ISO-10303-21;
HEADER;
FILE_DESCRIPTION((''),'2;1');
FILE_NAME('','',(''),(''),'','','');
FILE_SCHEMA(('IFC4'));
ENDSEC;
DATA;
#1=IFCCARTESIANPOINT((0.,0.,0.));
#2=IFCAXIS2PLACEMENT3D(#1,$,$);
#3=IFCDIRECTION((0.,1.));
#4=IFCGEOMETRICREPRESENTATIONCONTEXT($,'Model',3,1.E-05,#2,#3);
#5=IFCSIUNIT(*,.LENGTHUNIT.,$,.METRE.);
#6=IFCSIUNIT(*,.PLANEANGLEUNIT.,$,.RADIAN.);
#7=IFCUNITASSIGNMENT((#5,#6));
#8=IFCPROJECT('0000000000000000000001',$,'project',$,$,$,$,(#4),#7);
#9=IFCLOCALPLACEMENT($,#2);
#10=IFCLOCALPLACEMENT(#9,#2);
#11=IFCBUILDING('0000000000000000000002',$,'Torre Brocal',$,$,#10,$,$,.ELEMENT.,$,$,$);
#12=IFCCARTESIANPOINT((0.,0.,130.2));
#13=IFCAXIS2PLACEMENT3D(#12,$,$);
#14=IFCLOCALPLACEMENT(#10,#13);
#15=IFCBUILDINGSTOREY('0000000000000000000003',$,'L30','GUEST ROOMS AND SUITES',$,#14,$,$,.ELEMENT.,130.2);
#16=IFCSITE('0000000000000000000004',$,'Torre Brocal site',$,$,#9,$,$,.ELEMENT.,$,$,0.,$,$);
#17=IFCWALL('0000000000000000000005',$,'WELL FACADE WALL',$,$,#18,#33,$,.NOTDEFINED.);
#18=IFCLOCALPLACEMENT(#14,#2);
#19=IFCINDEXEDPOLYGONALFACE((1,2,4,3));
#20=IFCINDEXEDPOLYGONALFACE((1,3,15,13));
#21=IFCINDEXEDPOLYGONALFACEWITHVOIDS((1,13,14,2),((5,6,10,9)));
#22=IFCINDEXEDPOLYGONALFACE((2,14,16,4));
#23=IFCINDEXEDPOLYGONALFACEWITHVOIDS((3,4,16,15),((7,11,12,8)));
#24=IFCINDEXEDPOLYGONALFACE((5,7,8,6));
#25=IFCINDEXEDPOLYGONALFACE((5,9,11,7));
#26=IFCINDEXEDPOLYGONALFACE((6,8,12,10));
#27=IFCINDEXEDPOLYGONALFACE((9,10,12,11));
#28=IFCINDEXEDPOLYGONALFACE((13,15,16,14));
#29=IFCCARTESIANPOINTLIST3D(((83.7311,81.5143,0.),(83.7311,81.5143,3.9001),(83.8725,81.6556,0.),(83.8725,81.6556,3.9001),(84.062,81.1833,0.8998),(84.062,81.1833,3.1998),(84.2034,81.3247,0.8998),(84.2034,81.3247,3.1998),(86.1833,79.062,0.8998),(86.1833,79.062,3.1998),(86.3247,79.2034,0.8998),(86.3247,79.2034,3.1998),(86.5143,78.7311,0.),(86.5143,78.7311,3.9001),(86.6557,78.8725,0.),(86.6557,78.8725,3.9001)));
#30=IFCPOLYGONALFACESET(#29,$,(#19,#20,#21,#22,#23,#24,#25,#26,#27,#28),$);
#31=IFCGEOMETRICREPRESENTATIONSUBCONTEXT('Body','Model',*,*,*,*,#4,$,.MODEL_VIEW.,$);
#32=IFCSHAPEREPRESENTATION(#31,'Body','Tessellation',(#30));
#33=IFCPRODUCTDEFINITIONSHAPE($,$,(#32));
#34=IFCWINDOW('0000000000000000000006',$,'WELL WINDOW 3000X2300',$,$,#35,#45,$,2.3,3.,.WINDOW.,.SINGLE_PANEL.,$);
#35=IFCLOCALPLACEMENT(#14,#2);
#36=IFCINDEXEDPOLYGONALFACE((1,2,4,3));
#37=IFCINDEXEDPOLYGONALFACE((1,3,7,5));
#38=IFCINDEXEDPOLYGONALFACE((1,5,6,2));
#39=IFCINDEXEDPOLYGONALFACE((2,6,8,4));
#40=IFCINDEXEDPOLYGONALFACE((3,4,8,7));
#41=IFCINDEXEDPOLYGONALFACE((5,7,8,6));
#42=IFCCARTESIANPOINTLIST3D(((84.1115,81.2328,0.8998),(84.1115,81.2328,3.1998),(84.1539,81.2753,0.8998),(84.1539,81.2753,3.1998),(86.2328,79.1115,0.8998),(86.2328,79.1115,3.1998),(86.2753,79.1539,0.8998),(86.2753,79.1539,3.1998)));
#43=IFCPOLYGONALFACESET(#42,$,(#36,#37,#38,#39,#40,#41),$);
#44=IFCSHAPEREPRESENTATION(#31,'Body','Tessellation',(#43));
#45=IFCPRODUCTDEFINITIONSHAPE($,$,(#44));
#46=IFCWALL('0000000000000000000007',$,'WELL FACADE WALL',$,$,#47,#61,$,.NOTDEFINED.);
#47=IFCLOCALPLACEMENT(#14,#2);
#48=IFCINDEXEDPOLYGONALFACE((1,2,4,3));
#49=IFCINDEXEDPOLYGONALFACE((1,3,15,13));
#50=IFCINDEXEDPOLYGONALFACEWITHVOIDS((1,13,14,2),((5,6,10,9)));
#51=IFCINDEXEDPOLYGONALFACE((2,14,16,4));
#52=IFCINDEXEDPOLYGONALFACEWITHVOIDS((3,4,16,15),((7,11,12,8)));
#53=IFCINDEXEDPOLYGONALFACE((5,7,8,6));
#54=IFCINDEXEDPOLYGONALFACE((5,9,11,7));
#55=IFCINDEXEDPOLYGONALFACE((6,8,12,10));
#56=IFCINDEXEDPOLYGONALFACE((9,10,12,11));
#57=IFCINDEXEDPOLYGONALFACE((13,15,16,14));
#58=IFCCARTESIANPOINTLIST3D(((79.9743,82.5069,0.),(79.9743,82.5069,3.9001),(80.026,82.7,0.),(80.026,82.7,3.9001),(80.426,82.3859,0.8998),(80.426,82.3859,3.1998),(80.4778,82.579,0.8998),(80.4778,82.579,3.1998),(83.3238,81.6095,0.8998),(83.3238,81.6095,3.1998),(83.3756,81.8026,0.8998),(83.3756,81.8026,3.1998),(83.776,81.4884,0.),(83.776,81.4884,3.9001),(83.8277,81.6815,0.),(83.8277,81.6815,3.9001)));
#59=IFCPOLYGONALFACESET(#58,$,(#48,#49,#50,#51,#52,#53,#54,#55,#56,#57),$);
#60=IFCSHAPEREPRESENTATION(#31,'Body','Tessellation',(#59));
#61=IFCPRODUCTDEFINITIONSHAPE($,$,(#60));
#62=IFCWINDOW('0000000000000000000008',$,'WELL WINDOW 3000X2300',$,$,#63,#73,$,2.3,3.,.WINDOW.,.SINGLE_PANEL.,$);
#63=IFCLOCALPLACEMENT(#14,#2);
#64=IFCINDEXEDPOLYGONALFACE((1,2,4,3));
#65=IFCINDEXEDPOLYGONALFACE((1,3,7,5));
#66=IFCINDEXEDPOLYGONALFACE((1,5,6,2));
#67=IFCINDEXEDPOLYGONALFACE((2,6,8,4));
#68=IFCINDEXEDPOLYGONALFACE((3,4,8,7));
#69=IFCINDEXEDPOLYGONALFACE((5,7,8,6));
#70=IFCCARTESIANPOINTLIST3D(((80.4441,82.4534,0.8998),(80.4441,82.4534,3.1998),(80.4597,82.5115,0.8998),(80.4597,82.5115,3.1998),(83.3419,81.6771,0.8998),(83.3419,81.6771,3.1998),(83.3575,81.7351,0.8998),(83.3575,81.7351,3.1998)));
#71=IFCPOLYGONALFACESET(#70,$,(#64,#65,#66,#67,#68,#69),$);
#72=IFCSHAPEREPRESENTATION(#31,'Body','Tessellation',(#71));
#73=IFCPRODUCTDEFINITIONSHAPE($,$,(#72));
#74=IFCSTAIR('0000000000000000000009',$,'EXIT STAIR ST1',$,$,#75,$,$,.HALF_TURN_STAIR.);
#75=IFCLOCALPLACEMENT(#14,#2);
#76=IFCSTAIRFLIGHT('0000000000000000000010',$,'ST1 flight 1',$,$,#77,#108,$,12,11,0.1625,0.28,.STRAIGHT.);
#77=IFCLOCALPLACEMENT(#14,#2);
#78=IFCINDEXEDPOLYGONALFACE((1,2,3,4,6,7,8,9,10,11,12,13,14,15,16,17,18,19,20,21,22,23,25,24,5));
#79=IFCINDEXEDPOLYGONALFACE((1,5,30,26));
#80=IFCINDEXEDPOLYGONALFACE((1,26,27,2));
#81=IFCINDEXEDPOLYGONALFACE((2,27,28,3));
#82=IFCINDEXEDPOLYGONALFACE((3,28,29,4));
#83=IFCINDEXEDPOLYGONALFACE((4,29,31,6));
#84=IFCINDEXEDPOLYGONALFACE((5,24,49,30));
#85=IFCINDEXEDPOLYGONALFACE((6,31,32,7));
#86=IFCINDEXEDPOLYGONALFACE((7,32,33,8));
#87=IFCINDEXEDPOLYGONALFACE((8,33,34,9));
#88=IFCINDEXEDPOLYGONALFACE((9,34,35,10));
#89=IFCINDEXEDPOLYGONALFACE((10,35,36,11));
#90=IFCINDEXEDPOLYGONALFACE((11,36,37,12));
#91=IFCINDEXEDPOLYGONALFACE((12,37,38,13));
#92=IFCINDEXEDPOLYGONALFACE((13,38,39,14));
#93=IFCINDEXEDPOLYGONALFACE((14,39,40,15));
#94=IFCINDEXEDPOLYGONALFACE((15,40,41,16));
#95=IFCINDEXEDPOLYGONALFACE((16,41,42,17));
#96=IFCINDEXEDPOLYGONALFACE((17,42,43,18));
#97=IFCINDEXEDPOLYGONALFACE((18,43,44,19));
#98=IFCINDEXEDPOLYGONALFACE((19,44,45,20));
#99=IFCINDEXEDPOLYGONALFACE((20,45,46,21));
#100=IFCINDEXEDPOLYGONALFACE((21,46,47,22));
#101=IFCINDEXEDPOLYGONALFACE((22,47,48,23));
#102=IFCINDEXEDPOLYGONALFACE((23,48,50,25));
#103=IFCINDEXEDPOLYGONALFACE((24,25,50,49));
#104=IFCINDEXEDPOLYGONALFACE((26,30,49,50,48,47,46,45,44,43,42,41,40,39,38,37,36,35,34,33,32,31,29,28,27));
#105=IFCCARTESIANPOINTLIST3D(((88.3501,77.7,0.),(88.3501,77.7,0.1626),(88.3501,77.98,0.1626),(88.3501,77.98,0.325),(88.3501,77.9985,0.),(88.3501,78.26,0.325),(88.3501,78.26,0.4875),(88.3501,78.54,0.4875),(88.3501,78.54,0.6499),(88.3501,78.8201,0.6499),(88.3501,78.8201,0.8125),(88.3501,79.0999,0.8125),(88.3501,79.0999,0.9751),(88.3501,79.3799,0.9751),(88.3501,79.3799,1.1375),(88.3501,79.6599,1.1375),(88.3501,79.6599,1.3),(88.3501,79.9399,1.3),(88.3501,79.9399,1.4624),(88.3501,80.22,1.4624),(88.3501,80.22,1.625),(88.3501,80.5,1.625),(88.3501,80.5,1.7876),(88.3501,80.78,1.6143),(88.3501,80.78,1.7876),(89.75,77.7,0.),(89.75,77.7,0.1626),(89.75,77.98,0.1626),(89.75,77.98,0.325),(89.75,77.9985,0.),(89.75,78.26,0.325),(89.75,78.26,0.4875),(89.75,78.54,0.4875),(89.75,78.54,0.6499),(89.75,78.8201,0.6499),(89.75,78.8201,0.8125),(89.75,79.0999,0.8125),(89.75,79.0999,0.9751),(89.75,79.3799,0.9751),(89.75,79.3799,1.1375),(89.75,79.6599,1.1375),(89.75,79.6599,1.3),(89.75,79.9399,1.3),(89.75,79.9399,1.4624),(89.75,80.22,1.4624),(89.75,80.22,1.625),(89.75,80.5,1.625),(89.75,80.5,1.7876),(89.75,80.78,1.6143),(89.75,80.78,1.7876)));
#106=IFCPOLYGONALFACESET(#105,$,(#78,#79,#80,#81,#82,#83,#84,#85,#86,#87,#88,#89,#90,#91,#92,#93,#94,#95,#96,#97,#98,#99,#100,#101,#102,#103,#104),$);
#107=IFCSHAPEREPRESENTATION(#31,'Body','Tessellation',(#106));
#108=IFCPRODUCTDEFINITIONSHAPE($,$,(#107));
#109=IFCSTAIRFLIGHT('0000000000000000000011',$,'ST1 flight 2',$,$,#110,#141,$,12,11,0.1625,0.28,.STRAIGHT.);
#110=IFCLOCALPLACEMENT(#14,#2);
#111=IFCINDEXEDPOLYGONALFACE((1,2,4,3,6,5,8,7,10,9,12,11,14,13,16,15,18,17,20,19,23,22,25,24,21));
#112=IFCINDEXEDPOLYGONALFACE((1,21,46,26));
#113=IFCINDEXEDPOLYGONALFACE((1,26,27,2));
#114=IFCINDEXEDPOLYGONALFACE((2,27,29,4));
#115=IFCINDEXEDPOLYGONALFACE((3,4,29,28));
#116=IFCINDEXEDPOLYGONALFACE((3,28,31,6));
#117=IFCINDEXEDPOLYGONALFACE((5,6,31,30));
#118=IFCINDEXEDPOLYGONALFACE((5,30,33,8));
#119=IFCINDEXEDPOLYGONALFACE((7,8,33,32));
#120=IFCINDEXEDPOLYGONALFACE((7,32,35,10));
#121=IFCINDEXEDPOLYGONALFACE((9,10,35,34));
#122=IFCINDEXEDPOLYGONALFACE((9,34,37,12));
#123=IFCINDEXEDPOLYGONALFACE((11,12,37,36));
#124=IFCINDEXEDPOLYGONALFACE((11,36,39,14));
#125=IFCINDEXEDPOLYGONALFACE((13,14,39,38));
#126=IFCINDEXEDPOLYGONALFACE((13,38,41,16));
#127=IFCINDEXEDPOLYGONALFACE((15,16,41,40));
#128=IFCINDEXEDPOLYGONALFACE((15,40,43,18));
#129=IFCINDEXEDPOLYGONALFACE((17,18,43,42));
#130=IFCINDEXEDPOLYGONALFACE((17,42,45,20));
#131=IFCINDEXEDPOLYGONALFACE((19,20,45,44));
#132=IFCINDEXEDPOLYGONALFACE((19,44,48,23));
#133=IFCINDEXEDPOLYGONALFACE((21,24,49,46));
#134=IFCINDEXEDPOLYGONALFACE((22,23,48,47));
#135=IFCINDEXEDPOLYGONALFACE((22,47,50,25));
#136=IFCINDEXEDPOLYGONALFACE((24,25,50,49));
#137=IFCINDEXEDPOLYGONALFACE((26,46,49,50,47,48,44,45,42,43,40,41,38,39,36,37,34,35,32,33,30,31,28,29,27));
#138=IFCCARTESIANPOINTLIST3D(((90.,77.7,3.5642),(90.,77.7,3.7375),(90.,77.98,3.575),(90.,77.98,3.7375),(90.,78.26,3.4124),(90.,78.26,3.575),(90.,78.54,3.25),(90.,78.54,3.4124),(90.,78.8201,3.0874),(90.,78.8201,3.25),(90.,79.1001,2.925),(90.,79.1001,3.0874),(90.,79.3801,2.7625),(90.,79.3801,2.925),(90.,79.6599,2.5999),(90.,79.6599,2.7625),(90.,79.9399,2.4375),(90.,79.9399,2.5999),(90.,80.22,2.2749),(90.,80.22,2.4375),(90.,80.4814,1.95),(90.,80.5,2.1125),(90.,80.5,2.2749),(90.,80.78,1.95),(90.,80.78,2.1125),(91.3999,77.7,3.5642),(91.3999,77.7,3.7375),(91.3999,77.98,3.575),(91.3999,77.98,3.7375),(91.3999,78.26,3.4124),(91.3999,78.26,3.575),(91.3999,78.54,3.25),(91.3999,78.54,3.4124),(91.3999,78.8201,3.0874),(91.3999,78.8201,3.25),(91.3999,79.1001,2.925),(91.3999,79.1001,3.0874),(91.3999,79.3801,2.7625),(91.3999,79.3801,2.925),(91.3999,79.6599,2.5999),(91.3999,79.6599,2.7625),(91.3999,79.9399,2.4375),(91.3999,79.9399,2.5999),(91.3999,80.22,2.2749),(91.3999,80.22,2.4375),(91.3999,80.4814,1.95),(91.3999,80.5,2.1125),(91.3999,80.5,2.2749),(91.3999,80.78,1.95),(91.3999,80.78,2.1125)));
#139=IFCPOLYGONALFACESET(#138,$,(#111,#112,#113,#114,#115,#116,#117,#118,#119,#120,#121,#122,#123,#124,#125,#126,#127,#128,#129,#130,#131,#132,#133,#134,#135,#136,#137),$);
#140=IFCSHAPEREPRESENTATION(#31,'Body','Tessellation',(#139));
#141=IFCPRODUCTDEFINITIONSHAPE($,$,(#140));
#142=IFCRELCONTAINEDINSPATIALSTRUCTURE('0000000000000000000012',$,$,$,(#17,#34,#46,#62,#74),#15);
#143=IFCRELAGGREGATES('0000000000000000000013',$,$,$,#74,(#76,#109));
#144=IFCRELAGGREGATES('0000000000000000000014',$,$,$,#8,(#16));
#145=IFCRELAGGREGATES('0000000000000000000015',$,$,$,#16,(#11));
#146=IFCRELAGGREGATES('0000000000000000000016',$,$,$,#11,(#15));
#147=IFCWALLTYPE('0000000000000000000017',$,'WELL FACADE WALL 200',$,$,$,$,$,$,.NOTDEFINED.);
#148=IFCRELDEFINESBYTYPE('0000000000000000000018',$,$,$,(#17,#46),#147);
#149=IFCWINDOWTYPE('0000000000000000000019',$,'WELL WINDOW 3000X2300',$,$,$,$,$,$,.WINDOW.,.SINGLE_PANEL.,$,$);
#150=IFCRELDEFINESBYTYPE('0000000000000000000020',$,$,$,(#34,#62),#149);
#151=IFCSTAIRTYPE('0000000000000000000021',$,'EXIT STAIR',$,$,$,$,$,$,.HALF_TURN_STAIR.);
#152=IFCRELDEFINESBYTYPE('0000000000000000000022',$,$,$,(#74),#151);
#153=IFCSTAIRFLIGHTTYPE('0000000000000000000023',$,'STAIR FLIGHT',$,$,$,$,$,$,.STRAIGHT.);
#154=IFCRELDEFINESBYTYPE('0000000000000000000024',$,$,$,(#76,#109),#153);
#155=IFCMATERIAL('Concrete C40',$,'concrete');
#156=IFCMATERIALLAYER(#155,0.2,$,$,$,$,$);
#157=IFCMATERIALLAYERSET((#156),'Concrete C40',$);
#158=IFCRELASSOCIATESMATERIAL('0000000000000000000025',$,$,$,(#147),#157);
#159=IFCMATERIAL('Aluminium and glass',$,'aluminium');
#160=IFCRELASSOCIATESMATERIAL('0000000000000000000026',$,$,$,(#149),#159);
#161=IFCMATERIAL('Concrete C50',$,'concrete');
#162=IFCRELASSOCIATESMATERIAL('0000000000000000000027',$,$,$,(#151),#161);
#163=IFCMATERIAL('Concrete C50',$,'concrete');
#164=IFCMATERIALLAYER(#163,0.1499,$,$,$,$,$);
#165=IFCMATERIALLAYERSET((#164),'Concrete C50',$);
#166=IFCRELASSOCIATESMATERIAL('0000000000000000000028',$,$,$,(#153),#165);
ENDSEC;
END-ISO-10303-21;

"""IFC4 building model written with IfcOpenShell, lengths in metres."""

from ifc_helpers import new_model, si_unit, direction, frame, frame_2d, origin, place, context, subcontext, project, spatial, polyline, rectangle, outline, extrude, material, layer, layer_set, type_object, element, fill, aggregate, save


model = new_model("IFC4")

# Units and contexts
model_context = context("Model", 3, precision=1e-05, world=origin(), true_north=direction((0.0, 1.0)))
body_context = subcontext(model_context, "Body", "Model", "MODEL_VIEW")
ifc_project = project(units=[si_unit("LENGTHUNIT", "METRE"), si_unit("PLANEANGLEUNIT", "RADIAN")], contexts=[model_context])

# Site, building, storey
site_placement = place(None, origin())
site = spatial("IfcSite", under=ifc_project, at=site_placement, Name="Torre Brocal site", CompositionType="ELEMENT", RefElevation=0.0)
building_placement = place(site_placement, origin())
building = spatial("IfcBuilding", under=site, at=building_placement, Name="Torre Brocal", CompositionType="ELEMENT")
storey_placement = place(building_placement, frame((0.0, 0.0, 130.2)))
storey = spatial("IfcBuildingStorey", under=building, at=storey_placement, Name="L30", Description="GUEST ROOMS AND SUITES", CompositionType="ELEMENT", Elevation=130.2)

# Walls, openings, windows
ifc_material_1 = material(Name="Concrete C40", Category="concrete")
ifc_layer_1 = layer(ifc_material_1, 0.2)
ifc_layer_set_1 = layer_set([ifc_layer_1], Name="Concrete C40")
wall_type_1 = type_object("IfcWallType", Name="WELL FACADE WALL 200", PredefinedType="NOTDEFINED", material=ifc_layer_set_1)
wall_1_placement = place(storey_placement, frame((86.585, 78.8018, 0.0), z_axis=(0.0, 0.0, 1.0), x_axis=(-0.707107, 0.707107, 0.0)))
wall_1 = element("IfcWall", 1, at=wall_1_placement, inside=storey, type_object=wall_type_1, Name="WELL FACADE WALL", PredefinedType="NOTDEFINED", context=body_context, shape_type="SweptSolid", body=[
    extrude(rectangle(XDim=3.936, YDim=0.2, at=frame_2d((1.968, 0.0))), origin(), (0.0, 0.0, 1.0), 3.9001),
])
opening_1_placement = place(wall_1_placement, frame((0.468, 0.0, 0.8999)))
opening_1 = element("IfcOpeningElement", 2, at=opening_1_placement, cuts=wall_1, PredefinedType="OPENING", context=body_context, shape_type="SweptSolid", body=[
    extrude(rectangle(XDim=3.0, YDim=2.3, at=frame_2d((1.5, 1.1499))), frame((0.0, 0.1099, 0.0), z_axis=(0.0, -1.0, 0.0), x_axis=(1.0, 0.0, 0.0)), (0.0, 0.0, 1.0), 0.22),
])
ifc_material_2 = material(Name="Aluminium and glass", Category="aluminium")
window_type = type_object("IfcWindowType", Name="WELL WINDOW 3000X2300", PartitioningType="SINGLE_PANEL", PredefinedType="WINDOW", material=ifc_material_2)
window_1_placement = place(opening_1_placement, origin())
window_1 = element("IfcWindow", 3, at=window_1_placement, inside=storey, type_object=window_type, Name="WELL WINDOW 3000X2300", OverallHeight=2.3, OverallWidth=3.0, PartitioningType="SINGLE_PANEL", PredefinedType="WINDOW", context=body_context, shape_type="SweptSolid", body=[
    extrude(rectangle(XDim=3.0, YDim=2.3, at=frame_2d((1.5, 1.1499))), frame((0.0, 0.03, 0.0), z_axis=(0.0, -1.0, 0.0), x_axis=(1.0, 0.0, 0.0)), (0.0, 0.0, 1.0), 0.0601),
])
fill(opening_1, window_1)
wall_2_placement = place(storey_placement, frame((83.8018, 81.585, 0.0), z_axis=(0.0, 0.0, 1.0), x_axis=(-0.965934, 0.25879, 0.0)))
wall_2 = element("IfcWall", 4, at=wall_2_placement, inside=storey, type_object=wall_type_1, Name="WELL FACADE WALL", PredefinedType="NOTDEFINED", context=body_context, shape_type="SweptSolid", body=[
    extrude(rectangle(XDim=3.9358, YDim=0.2, at=frame_2d((1.9678, 0.0))), origin(), (0.0, 0.0, 1.0), 3.9001),
])
opening_2_placement = place(wall_2_placement, frame((0.468, 0.0, 0.8999)))
opening_2 = element("IfcOpeningElement", 5, at=opening_2_placement, cuts=wall_2, PredefinedType="OPENING", context=body_context, shape_type="SweptSolid", body=[
    extrude(rectangle(XDim=3.0, YDim=2.3, at=frame_2d((1.5, 1.1499))), frame((0.0, 0.1099, 0.0), z_axis=(0.0, -1.0, 0.0), x_axis=(1.0, 0.0, 0.0)), (0.0, 0.0, 1.0), 0.22),
])
window_2_placement = place(opening_2_placement, origin())
window_2 = element("IfcWindow", 6, at=window_2_placement, inside=storey, type_object=window_type, Name="WELL WINDOW 3000X2300", OverallHeight=2.3, OverallWidth=3.0, PartitioningType="SINGLE_PANEL", PredefinedType="WINDOW", context=body_context, shape_type="SweptSolid", body=[
    extrude(rectangle(XDim=3.0, YDim=2.3, at=frame_2d((1.5, 1.1499))), frame((0.0, 0.03, 0.0), z_axis=(0.0, -1.0, 0.0), x_axis=(1.0, 0.0, 0.0)), (0.0, 0.0, 1.0), 0.0601),
])
fill(opening_2, window_2)

# Stair, stair flights
ifc_material_3 = material(Name="Concrete C50", Category="concrete")
stair_type = type_object("IfcStairType", Name="EXIT STAIR", PredefinedType="HALF_TURN_STAIR", material=ifc_material_3)
stair_placement = place(storey_placement, origin())
stair = element("IfcStair", 7, at=stair_placement, inside=storey, type_object=stair_type, Name="EXIT STAIR ST1", PredefinedType="HALF_TURN_STAIR")
ifc_material_4 = material(Name="Concrete C50", Category="concrete")
ifc_layer_2 = layer(ifc_material_4, 0.1499)
ifc_layer_set_2 = layer_set([ifc_layer_2], Name="Concrete C50")
stair_flight_type = type_object("IfcStairFlightType", Name="STAIR FLIGHT", PredefinedType="STRAIGHT", material=ifc_layer_set_2)
stair_flight_1_placement = place(storey_placement, frame((89.05, 77.7, 0.0), z_axis=(0.0, 0.0, 1.0), x_axis=(0.0, 1.0, 0.0)))
stair_flight_1 = element("IfcStairFlight", 8, at=stair_flight_1_placement, type_object=stair_flight_type, Name="ST1 flight 1", NumberOfRisers=12, NumberOfTreads=11, PredefinedType="STRAIGHT", RiserHeight=0.1625, TreadLength=0.28, context=body_context, shape_type="SweptSolid", body=[
    extrude(outline(polyline([(0.0, 0.0), (0.0, 0.1626), (0.28, 0.1626), (0.28, 0.325), (0.5601, 0.325), (0.5601, 0.4875), (0.8401, 0.4875), (0.8401, 0.6499), (1.1201, 0.6499), (1.1201, 0.8125), (1.3999, 0.8125), (1.3999, 0.9751), (1.6799, 0.9751), (1.6799, 1.1375), (1.96, 1.1375), (1.96, 1.3), (2.24, 1.3), (2.24, 1.4624), (2.52, 1.4624), (2.52, 1.625), (2.8, 1.625), (2.8, 1.7876), (3.0801, 1.7876), (3.0801, 1.95), (3.0801, 1.6143), (0.2986, 0.0), (0.0, 0.0)])), frame((0.0, 0.7, 0.0), z_axis=(0.0, -1.0, 0.0), x_axis=(1.0, 0.0, 0.0)), (0.0, 0.0, 1.0), 1.3999),
])
stair_flight_2_placement = place(storey_placement, frame((90.7, 80.78, 1.95), z_axis=(0.0, 0.0, 1.0), x_axis=(0.0, -1.0, 0.0)))
stair_flight_2 = element("IfcStairFlight", 9, at=stair_flight_2_placement, type_object=stair_flight_type, Name="ST1 flight 2", NumberOfRisers=12, NumberOfTreads=11, PredefinedType="STRAIGHT", RiserHeight=0.1625, TreadLength=0.28, context=body_context, shape_type="SweptSolid", body=[
    extrude(outline(polyline([(0.0, 0.0), (0.0, 0.1626), (0.28, 0.1626), (0.28, 0.325), (0.5601, 0.325), (0.5601, 0.4875), (0.8401, 0.4875), (0.8401, 0.6499), (1.1201, 0.6499), (1.1201, 0.8125), (1.3999, 0.8125), (1.3999, 0.9751), (1.6799, 0.9751), (1.6799, 1.1375), (1.96, 1.1375), (1.96, 1.3), (2.24, 1.3), (2.24, 1.4624), (2.52, 1.4624), (2.52, 1.625), (2.8, 1.625), (2.8, 1.7876), (3.0801, 1.7876), (3.0801, 1.95), (3.0801, 1.6143), (0.2986, 0.0), (0.0, 0.0)])), frame((0.0, 0.7, 0.0), z_axis=(0.0, -1.0, 0.0), x_axis=(1.0, 0.0, 0.0)), (0.0, 0.0, 1.0), 1.3999),
])
aggregate(stair, [stair_flight_1, stair_flight_2])

save(model, "model.ifc")
